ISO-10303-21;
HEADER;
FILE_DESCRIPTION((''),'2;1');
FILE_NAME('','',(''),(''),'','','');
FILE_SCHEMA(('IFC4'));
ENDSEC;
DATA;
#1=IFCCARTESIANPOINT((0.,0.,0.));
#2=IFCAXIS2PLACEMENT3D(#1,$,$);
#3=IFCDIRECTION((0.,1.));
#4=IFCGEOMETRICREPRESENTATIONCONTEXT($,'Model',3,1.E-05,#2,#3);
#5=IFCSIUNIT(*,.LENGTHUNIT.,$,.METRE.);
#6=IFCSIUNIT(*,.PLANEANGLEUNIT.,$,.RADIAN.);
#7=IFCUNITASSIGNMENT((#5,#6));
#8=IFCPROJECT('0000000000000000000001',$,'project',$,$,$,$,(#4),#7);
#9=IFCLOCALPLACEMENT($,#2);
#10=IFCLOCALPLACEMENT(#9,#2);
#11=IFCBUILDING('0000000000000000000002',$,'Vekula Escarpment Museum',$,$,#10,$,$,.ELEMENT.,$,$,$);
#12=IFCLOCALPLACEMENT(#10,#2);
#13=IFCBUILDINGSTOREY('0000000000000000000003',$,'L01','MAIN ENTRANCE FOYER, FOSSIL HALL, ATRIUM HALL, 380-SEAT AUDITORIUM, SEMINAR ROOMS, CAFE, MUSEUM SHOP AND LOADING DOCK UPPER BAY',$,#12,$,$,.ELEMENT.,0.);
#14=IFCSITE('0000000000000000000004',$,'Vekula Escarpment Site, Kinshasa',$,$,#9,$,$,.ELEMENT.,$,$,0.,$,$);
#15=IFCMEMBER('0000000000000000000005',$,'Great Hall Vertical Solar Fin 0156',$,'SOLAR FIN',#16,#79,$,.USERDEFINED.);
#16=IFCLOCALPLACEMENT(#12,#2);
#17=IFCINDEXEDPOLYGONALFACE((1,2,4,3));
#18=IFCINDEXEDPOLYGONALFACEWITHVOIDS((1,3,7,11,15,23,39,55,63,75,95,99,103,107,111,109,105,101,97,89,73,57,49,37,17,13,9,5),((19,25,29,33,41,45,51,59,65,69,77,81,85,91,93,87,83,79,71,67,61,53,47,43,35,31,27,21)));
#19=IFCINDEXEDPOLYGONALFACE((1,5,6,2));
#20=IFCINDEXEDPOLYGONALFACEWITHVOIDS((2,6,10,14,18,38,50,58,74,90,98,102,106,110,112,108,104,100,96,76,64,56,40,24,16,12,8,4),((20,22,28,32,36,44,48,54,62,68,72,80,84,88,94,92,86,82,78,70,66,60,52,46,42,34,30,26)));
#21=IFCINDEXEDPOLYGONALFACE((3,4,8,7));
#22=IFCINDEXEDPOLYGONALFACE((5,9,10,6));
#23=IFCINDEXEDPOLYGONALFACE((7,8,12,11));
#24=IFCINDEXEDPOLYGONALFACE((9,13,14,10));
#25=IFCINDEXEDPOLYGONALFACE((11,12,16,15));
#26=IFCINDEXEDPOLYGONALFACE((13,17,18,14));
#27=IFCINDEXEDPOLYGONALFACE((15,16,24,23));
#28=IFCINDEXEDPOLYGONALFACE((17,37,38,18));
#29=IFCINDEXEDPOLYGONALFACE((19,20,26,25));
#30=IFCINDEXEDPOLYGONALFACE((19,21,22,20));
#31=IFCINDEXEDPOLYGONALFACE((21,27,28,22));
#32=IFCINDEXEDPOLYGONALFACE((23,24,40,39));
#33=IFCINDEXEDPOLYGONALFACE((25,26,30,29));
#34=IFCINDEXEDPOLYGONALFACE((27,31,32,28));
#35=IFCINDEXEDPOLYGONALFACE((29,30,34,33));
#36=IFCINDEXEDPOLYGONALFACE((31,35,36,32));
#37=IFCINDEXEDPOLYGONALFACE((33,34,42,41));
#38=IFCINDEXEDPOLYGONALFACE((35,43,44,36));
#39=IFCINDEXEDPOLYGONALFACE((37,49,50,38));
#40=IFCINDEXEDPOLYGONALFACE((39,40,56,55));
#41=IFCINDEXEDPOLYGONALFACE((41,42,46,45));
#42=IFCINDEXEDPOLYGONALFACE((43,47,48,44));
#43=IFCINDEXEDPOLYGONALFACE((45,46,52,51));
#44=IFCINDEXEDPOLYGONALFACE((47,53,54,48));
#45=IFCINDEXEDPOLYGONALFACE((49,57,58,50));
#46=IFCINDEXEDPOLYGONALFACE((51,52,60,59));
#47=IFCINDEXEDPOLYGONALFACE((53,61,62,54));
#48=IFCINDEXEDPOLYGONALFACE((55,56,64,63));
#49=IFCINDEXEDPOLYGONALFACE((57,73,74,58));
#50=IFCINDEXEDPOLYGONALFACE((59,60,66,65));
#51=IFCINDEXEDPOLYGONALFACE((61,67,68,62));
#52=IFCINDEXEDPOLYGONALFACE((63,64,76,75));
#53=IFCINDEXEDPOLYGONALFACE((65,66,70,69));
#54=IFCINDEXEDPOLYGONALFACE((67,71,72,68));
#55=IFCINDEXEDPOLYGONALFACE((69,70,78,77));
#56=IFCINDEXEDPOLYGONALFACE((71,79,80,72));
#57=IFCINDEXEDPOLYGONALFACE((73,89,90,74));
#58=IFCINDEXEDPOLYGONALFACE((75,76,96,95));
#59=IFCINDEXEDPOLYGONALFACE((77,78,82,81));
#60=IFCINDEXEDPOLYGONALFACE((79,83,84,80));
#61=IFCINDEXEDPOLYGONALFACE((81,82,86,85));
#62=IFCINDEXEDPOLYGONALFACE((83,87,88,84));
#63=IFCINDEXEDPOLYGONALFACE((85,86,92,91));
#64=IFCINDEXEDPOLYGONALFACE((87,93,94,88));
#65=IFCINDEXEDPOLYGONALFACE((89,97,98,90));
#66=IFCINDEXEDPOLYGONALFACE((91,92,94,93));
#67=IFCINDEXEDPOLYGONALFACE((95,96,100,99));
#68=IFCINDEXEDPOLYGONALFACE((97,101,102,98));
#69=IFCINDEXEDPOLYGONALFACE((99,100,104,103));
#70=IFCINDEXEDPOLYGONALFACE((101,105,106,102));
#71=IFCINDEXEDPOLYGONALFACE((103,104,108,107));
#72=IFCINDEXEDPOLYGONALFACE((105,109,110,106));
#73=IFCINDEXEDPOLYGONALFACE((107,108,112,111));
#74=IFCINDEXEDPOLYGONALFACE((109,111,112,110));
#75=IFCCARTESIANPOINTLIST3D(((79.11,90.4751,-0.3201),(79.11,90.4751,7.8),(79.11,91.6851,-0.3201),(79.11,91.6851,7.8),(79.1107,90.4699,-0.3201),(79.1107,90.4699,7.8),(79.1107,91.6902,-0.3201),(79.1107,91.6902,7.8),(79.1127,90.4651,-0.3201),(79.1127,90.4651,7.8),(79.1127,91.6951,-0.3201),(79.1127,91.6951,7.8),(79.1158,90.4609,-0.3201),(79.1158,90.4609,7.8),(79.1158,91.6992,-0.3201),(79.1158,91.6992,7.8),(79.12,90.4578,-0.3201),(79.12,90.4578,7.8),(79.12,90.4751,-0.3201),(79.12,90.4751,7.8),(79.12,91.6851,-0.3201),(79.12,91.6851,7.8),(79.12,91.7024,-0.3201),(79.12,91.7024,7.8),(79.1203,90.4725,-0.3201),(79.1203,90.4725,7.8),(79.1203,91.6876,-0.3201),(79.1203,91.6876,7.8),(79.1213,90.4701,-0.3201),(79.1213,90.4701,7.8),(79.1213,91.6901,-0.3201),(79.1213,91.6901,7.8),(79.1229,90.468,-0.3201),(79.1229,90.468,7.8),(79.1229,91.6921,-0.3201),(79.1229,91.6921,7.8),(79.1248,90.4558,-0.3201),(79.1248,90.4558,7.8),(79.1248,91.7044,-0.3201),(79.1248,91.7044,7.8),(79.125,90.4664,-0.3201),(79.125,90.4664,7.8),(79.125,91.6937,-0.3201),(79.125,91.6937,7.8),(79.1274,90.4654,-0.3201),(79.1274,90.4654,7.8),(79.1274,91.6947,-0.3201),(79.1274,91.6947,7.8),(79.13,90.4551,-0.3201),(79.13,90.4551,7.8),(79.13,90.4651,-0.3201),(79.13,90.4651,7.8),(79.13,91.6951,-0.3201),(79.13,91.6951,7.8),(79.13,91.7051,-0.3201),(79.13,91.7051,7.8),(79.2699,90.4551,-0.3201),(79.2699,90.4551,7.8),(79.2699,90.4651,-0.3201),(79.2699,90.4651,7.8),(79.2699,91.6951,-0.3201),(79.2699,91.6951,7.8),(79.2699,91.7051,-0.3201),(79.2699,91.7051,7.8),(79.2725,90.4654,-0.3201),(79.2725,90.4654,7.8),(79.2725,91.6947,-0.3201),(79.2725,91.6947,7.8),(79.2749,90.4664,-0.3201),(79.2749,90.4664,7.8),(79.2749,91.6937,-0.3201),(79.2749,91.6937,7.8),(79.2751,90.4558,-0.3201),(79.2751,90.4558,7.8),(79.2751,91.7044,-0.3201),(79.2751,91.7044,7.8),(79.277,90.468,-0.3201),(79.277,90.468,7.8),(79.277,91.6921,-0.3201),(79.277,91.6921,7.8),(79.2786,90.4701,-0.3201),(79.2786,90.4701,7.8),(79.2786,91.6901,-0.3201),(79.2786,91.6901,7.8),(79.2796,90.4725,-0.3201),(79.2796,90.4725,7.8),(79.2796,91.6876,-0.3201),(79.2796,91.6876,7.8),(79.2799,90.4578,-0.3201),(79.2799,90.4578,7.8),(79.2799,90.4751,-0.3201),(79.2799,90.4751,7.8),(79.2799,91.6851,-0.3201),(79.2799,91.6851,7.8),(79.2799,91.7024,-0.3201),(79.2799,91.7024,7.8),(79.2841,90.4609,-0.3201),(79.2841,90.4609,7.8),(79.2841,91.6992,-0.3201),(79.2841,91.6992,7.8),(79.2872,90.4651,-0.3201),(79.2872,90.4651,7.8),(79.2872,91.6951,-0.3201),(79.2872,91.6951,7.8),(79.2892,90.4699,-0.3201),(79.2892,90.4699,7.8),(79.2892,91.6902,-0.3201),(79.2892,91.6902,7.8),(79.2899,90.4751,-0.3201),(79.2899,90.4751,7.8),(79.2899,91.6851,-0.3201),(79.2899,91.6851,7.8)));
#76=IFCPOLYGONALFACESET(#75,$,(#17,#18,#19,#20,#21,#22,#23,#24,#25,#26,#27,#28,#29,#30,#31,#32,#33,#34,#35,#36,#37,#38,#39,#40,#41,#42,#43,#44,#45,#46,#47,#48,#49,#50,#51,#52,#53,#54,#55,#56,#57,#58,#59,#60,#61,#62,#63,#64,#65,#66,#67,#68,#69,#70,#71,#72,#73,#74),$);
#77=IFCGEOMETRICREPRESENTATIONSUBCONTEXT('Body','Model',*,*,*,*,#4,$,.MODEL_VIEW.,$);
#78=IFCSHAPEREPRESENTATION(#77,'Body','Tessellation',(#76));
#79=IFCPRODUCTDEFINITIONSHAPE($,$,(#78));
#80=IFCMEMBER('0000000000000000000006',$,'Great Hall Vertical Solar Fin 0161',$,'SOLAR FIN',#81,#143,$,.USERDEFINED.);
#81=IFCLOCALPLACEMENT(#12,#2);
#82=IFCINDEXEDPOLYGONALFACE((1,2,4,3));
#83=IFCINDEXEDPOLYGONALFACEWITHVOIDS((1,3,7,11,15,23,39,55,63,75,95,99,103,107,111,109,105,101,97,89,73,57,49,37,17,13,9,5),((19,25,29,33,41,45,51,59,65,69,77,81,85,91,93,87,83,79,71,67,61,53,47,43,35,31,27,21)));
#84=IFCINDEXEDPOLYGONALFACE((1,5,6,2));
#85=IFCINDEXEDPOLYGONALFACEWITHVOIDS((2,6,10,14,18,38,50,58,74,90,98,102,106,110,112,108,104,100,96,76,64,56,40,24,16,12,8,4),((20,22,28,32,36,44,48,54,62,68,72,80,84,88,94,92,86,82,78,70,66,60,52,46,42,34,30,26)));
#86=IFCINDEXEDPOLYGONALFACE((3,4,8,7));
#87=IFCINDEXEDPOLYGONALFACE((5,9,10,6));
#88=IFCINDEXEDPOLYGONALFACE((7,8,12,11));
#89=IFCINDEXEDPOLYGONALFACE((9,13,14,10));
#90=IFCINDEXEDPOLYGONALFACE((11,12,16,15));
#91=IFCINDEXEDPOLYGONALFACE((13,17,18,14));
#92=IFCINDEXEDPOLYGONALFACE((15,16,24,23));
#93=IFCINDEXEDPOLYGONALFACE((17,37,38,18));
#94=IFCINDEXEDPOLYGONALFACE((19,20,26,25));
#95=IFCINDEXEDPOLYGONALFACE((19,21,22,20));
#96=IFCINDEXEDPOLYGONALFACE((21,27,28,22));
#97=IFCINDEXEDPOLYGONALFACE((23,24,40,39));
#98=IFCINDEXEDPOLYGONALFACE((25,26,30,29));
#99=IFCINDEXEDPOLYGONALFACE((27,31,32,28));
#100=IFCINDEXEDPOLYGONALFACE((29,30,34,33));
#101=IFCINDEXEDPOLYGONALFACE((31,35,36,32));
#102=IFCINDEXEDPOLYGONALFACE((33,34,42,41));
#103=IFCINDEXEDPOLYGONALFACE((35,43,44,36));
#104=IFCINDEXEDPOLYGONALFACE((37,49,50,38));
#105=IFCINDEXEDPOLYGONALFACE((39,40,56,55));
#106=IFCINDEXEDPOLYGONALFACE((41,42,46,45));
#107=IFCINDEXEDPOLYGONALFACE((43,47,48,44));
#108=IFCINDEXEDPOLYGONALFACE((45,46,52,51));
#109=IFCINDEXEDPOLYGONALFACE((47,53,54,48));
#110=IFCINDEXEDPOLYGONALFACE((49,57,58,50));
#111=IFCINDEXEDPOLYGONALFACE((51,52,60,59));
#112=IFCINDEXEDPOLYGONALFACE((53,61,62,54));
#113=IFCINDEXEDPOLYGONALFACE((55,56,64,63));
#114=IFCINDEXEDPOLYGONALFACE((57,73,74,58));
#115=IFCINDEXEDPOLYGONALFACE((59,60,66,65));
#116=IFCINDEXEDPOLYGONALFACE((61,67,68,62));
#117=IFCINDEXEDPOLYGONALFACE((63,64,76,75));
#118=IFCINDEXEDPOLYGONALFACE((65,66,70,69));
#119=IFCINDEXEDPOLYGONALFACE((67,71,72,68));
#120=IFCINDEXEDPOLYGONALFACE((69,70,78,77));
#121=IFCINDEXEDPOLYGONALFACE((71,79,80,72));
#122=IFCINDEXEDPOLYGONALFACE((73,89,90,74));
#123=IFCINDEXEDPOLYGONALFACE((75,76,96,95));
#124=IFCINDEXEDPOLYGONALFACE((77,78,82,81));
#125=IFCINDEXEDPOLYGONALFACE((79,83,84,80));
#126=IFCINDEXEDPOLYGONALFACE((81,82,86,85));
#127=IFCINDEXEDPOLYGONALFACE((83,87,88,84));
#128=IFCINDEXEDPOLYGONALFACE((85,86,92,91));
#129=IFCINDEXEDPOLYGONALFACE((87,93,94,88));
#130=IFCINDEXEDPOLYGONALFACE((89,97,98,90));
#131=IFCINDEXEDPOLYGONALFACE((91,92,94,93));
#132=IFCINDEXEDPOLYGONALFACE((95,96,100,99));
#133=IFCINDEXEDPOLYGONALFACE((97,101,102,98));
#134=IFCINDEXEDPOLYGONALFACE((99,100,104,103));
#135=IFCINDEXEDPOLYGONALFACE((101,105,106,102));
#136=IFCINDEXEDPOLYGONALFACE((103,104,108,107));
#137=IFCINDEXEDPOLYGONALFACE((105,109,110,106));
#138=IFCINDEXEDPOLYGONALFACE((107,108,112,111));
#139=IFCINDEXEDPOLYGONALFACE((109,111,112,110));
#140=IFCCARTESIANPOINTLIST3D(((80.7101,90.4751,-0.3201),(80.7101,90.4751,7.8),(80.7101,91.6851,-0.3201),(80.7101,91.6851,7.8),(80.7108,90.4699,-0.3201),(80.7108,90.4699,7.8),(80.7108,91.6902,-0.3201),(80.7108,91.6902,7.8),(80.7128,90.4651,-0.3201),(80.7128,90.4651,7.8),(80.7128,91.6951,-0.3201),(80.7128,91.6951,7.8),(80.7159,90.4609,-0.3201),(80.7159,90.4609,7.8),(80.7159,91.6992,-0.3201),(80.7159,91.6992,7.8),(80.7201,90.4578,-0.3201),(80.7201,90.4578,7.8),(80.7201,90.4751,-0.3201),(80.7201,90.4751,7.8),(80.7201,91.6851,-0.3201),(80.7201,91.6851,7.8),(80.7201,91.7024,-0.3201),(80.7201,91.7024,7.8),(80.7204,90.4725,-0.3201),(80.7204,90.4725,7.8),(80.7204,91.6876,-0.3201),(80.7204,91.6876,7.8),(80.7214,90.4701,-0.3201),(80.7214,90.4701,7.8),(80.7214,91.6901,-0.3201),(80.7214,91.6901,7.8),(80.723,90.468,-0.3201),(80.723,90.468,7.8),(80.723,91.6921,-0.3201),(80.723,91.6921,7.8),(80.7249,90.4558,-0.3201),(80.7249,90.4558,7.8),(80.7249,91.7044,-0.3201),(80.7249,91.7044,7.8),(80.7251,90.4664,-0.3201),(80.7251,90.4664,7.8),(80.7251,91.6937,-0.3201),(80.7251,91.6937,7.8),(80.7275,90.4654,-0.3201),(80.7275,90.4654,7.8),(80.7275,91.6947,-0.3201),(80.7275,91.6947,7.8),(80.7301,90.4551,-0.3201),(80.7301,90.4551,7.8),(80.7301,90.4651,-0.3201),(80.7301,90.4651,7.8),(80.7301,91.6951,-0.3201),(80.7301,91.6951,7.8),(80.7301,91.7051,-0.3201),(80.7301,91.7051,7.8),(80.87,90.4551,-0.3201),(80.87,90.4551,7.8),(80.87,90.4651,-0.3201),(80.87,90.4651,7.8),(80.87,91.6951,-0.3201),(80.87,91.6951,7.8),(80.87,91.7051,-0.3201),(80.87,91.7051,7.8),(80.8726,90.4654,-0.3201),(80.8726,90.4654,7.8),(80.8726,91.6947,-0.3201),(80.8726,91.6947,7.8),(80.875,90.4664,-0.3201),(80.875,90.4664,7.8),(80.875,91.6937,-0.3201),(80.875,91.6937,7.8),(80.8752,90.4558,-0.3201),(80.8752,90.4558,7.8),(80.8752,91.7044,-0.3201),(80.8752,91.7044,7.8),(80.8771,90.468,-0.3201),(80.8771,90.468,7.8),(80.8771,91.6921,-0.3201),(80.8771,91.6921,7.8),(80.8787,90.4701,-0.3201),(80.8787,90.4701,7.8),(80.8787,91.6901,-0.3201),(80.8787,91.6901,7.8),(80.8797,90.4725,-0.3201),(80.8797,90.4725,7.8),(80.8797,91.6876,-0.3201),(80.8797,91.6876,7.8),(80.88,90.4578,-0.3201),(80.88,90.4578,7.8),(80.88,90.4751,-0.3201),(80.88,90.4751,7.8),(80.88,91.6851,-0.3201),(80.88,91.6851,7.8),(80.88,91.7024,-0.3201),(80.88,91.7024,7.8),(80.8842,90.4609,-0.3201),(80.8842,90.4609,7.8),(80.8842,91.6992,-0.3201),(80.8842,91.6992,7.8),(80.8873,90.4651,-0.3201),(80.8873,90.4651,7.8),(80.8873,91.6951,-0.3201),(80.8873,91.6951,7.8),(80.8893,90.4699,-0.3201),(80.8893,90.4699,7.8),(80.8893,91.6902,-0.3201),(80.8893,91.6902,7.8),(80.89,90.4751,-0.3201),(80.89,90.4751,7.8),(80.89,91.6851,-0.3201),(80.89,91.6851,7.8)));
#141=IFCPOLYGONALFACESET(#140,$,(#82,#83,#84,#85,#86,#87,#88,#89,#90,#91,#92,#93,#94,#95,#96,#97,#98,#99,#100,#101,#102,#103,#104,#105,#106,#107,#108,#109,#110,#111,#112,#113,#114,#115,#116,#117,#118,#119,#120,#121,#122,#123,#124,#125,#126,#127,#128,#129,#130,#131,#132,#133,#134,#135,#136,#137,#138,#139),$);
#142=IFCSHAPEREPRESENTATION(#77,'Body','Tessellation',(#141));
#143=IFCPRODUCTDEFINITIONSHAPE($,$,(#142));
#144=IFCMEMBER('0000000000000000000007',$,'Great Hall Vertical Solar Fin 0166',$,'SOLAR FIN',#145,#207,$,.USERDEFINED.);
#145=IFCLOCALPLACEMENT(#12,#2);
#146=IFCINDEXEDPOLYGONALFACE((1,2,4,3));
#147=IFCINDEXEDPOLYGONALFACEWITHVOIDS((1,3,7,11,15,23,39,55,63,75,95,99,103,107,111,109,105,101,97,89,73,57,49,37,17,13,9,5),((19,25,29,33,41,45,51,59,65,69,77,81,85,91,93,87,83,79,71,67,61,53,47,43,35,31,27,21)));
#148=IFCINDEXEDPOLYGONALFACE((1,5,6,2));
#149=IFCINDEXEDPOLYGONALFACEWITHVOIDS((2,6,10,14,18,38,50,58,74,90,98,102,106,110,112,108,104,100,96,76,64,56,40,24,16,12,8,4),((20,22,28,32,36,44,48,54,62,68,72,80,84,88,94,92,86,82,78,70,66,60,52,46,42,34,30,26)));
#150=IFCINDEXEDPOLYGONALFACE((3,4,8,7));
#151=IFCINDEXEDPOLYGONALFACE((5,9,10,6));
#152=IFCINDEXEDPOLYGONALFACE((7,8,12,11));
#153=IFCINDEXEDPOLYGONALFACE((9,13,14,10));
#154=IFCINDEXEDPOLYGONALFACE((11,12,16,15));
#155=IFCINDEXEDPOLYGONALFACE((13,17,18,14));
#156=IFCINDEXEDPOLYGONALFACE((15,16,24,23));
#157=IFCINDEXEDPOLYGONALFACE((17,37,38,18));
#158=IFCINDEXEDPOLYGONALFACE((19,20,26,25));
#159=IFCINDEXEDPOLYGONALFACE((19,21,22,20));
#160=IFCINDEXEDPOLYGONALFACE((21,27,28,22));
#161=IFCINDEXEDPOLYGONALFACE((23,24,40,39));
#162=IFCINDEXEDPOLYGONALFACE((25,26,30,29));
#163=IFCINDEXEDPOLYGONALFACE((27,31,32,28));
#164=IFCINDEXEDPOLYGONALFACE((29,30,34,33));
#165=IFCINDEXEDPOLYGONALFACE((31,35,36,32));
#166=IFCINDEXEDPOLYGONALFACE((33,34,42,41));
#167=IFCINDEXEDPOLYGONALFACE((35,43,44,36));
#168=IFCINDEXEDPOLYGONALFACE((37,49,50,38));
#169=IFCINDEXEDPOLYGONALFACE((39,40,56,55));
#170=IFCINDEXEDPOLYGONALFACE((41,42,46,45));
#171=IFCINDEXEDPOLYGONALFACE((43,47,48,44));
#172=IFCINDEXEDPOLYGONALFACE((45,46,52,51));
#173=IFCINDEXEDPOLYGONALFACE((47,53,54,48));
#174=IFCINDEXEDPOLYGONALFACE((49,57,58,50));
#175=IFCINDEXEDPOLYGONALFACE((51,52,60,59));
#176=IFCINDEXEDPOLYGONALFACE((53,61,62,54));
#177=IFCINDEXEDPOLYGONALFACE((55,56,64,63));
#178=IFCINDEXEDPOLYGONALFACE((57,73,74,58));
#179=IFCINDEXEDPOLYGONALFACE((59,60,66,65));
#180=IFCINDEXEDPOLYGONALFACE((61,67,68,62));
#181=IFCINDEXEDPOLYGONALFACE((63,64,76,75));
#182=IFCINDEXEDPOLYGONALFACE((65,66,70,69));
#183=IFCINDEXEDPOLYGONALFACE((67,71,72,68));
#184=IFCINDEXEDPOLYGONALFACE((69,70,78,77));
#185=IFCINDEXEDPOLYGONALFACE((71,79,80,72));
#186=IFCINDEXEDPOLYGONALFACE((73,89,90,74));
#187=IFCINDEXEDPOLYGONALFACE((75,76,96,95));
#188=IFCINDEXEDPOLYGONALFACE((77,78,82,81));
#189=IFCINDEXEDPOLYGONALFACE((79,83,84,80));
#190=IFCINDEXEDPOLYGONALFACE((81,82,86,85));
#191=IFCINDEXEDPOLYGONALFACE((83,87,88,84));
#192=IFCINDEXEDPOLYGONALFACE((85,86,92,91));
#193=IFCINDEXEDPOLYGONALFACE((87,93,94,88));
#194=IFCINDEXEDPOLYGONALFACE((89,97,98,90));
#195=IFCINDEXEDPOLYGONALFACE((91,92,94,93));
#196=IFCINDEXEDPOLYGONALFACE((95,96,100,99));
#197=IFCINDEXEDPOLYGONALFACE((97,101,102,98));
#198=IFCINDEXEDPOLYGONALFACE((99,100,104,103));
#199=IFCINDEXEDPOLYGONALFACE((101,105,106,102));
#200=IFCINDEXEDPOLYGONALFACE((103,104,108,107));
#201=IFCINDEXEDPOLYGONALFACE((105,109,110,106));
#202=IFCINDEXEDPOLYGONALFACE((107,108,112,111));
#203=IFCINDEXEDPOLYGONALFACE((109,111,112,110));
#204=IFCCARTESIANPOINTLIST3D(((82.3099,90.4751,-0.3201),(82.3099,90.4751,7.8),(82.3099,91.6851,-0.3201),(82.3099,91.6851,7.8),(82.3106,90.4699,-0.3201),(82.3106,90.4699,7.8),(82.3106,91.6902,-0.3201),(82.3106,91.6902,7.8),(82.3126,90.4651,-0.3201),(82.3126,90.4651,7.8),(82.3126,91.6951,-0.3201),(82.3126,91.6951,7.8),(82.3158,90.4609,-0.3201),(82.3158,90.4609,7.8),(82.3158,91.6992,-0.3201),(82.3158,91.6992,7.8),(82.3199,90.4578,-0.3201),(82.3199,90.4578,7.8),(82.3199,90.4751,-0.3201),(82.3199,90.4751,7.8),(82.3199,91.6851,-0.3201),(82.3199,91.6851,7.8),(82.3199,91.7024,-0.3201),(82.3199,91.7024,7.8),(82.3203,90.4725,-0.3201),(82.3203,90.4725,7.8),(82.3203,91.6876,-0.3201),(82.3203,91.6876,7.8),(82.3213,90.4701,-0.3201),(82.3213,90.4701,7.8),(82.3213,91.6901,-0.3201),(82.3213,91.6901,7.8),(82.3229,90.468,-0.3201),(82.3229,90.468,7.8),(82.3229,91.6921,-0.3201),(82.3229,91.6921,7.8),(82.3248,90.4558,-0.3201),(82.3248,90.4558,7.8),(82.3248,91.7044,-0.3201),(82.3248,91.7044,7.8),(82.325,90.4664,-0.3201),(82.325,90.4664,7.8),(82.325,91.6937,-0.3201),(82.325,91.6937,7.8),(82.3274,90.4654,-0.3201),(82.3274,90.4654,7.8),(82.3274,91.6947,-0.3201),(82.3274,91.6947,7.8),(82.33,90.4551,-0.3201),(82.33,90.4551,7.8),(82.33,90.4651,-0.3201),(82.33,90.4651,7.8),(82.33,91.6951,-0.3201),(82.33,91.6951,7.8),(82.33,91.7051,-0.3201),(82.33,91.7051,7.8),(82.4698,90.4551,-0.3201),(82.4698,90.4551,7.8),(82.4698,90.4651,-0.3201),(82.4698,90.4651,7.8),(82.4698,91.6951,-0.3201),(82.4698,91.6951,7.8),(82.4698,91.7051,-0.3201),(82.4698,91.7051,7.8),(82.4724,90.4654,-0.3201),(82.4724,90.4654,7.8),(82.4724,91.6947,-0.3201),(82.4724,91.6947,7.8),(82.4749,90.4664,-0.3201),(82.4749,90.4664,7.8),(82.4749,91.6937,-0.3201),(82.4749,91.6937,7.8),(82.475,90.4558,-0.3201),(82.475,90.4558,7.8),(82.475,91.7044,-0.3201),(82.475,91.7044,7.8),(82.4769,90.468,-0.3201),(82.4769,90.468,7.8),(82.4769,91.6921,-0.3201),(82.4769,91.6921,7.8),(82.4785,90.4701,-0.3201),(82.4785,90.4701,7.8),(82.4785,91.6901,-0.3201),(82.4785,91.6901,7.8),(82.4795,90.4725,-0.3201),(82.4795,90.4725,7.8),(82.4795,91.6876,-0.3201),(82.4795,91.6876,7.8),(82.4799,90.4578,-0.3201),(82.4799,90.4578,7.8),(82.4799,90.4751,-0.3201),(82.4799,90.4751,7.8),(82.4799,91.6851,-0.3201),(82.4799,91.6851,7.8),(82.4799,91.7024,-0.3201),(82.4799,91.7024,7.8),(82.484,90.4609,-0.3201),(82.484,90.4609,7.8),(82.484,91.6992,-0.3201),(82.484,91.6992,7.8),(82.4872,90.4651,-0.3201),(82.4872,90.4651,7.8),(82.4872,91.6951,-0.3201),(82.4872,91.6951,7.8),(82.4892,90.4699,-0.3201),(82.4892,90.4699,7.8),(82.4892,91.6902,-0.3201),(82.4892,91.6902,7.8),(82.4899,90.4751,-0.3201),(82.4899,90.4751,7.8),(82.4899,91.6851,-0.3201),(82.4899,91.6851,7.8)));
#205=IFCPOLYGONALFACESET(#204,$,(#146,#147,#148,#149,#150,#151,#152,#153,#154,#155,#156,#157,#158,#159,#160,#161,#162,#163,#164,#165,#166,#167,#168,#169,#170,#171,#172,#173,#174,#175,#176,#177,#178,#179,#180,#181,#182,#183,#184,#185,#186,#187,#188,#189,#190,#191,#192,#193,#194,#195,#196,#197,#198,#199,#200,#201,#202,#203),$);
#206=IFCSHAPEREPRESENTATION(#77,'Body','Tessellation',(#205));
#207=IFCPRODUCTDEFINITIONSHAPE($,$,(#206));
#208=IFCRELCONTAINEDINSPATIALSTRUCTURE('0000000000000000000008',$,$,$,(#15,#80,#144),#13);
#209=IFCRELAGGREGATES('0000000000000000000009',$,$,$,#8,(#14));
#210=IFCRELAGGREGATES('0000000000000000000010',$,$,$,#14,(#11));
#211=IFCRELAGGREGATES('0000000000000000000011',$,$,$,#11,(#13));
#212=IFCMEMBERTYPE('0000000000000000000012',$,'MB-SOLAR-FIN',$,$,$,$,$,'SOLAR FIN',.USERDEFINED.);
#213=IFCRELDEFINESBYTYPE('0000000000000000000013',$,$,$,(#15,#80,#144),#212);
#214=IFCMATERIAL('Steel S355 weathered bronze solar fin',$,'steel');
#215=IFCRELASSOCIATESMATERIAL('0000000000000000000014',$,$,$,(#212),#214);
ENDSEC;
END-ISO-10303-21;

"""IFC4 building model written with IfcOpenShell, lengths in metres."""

from ifc_helpers import new_model, si_unit, direction, frame, origin, origin_2d, place, context, subcontext, project, spatial, hollow_rectangle, extrude, material, material_profile, profile_set, type_object, element, save


model = new_model("IFC4")

# Units and contexts
model_context = context("Model", 3, precision=1e-05, world=origin(), true_north=direction((0.0, 1.0)))
body_context = subcontext(model_context, "Body", "Model", "MODEL_VIEW")
ifc_project = project(units=[si_unit("LENGTHUNIT", "METRE"), si_unit("PLANEANGLEUNIT", "RADIAN")], contexts=[model_context])

# Site, building, storey
site_placement = place(None, origin())
site = spatial("IfcSite", under=ifc_project, at=site_placement, Name="Vekula Escarpment Site, Kinshasa", CompositionType="ELEMENT", RefElevation=0.0)
building_placement = place(site_placement, origin())
building = spatial("IfcBuilding", under=site, at=building_placement, Name="Vekula Escarpment Museum", CompositionType="ELEMENT")
storey_placement = place(building_placement, origin())
storey = spatial("IfcBuildingStorey", under=building, at=storey_placement, Name="L01", Description="MAIN ENTRANCE FOYER, FOSSIL HALL, ATRIUM HALL, 380-SEAT AUDITORIUM, SEMINAR ROOMS, CAFE, MUSEUM SHOP AND LOADING DOCK UPPER BAY", CompositionType="ELEMENT", Elevation=0.0)

# Members
ifc_material_1 = material(Name="Steel S355 weathered bronze solar fin", Category="steel")
ifc_material_profile_1 = material_profile(ifc_material_1, hollow_rectangle(XDim=0.1799, YDim=1.25, WallThickness=0.01, InnerFilletRadius=0.01, OuterFilletRadius=0.02, at=origin_2d()), Name="RHS 1250x180x10")
ifc_profile_set_1 = profile_set([ifc_material_profile_1], Name="Steel S355 weathered bronze solar fin")
member_type_1 = type_object("IfcMemberType", Name="MB-SOLAR-FIN", ElementType="SOLAR FIN", PredefinedType="USERDEFINED", material=ifc_profile_set_1)
for number, where, z_axis, x_axis, name in (
    (1, (79.2, 91.0801, -0.3201), (0.0, 0.0, 1.0), (1.0, 0.0, 0.0), "Great Hall Vertical Solar Fin 0156"),
    (2, (80.8, 91.0801, -0.3201), (0.0, 0.0, 1.0), (1.0, 0.0, 0.0), "Great Hall Vertical Solar Fin 0161"),
    (3, (82.3999, 91.0801, -0.3201), (0.0, 0.0, 1.0), (1.0, 0.0, 0.0), "Great Hall Vertical Solar Fin 0166"),
):
    element("IfcMember", number, at=place(storey_placement, frame(where, z_axis=z_axis, x_axis=x_axis)), inside=storey, type_object=member_type_1, Name=name, ObjectType="SOLAR FIN", PredefinedType="USERDEFINED", context=body_context, shape_type="SweptSolid", body=[
        extrude(hollow_rectangle(XDim=0.1799, YDim=1.25, WallThickness=0.01, InnerFilletRadius=0.01, OuterFilletRadius=0.02, at=origin_2d()), origin(), (0.0, 0.0, 1.0), 8.1201),
    ])

save(model, "model.ifc")
